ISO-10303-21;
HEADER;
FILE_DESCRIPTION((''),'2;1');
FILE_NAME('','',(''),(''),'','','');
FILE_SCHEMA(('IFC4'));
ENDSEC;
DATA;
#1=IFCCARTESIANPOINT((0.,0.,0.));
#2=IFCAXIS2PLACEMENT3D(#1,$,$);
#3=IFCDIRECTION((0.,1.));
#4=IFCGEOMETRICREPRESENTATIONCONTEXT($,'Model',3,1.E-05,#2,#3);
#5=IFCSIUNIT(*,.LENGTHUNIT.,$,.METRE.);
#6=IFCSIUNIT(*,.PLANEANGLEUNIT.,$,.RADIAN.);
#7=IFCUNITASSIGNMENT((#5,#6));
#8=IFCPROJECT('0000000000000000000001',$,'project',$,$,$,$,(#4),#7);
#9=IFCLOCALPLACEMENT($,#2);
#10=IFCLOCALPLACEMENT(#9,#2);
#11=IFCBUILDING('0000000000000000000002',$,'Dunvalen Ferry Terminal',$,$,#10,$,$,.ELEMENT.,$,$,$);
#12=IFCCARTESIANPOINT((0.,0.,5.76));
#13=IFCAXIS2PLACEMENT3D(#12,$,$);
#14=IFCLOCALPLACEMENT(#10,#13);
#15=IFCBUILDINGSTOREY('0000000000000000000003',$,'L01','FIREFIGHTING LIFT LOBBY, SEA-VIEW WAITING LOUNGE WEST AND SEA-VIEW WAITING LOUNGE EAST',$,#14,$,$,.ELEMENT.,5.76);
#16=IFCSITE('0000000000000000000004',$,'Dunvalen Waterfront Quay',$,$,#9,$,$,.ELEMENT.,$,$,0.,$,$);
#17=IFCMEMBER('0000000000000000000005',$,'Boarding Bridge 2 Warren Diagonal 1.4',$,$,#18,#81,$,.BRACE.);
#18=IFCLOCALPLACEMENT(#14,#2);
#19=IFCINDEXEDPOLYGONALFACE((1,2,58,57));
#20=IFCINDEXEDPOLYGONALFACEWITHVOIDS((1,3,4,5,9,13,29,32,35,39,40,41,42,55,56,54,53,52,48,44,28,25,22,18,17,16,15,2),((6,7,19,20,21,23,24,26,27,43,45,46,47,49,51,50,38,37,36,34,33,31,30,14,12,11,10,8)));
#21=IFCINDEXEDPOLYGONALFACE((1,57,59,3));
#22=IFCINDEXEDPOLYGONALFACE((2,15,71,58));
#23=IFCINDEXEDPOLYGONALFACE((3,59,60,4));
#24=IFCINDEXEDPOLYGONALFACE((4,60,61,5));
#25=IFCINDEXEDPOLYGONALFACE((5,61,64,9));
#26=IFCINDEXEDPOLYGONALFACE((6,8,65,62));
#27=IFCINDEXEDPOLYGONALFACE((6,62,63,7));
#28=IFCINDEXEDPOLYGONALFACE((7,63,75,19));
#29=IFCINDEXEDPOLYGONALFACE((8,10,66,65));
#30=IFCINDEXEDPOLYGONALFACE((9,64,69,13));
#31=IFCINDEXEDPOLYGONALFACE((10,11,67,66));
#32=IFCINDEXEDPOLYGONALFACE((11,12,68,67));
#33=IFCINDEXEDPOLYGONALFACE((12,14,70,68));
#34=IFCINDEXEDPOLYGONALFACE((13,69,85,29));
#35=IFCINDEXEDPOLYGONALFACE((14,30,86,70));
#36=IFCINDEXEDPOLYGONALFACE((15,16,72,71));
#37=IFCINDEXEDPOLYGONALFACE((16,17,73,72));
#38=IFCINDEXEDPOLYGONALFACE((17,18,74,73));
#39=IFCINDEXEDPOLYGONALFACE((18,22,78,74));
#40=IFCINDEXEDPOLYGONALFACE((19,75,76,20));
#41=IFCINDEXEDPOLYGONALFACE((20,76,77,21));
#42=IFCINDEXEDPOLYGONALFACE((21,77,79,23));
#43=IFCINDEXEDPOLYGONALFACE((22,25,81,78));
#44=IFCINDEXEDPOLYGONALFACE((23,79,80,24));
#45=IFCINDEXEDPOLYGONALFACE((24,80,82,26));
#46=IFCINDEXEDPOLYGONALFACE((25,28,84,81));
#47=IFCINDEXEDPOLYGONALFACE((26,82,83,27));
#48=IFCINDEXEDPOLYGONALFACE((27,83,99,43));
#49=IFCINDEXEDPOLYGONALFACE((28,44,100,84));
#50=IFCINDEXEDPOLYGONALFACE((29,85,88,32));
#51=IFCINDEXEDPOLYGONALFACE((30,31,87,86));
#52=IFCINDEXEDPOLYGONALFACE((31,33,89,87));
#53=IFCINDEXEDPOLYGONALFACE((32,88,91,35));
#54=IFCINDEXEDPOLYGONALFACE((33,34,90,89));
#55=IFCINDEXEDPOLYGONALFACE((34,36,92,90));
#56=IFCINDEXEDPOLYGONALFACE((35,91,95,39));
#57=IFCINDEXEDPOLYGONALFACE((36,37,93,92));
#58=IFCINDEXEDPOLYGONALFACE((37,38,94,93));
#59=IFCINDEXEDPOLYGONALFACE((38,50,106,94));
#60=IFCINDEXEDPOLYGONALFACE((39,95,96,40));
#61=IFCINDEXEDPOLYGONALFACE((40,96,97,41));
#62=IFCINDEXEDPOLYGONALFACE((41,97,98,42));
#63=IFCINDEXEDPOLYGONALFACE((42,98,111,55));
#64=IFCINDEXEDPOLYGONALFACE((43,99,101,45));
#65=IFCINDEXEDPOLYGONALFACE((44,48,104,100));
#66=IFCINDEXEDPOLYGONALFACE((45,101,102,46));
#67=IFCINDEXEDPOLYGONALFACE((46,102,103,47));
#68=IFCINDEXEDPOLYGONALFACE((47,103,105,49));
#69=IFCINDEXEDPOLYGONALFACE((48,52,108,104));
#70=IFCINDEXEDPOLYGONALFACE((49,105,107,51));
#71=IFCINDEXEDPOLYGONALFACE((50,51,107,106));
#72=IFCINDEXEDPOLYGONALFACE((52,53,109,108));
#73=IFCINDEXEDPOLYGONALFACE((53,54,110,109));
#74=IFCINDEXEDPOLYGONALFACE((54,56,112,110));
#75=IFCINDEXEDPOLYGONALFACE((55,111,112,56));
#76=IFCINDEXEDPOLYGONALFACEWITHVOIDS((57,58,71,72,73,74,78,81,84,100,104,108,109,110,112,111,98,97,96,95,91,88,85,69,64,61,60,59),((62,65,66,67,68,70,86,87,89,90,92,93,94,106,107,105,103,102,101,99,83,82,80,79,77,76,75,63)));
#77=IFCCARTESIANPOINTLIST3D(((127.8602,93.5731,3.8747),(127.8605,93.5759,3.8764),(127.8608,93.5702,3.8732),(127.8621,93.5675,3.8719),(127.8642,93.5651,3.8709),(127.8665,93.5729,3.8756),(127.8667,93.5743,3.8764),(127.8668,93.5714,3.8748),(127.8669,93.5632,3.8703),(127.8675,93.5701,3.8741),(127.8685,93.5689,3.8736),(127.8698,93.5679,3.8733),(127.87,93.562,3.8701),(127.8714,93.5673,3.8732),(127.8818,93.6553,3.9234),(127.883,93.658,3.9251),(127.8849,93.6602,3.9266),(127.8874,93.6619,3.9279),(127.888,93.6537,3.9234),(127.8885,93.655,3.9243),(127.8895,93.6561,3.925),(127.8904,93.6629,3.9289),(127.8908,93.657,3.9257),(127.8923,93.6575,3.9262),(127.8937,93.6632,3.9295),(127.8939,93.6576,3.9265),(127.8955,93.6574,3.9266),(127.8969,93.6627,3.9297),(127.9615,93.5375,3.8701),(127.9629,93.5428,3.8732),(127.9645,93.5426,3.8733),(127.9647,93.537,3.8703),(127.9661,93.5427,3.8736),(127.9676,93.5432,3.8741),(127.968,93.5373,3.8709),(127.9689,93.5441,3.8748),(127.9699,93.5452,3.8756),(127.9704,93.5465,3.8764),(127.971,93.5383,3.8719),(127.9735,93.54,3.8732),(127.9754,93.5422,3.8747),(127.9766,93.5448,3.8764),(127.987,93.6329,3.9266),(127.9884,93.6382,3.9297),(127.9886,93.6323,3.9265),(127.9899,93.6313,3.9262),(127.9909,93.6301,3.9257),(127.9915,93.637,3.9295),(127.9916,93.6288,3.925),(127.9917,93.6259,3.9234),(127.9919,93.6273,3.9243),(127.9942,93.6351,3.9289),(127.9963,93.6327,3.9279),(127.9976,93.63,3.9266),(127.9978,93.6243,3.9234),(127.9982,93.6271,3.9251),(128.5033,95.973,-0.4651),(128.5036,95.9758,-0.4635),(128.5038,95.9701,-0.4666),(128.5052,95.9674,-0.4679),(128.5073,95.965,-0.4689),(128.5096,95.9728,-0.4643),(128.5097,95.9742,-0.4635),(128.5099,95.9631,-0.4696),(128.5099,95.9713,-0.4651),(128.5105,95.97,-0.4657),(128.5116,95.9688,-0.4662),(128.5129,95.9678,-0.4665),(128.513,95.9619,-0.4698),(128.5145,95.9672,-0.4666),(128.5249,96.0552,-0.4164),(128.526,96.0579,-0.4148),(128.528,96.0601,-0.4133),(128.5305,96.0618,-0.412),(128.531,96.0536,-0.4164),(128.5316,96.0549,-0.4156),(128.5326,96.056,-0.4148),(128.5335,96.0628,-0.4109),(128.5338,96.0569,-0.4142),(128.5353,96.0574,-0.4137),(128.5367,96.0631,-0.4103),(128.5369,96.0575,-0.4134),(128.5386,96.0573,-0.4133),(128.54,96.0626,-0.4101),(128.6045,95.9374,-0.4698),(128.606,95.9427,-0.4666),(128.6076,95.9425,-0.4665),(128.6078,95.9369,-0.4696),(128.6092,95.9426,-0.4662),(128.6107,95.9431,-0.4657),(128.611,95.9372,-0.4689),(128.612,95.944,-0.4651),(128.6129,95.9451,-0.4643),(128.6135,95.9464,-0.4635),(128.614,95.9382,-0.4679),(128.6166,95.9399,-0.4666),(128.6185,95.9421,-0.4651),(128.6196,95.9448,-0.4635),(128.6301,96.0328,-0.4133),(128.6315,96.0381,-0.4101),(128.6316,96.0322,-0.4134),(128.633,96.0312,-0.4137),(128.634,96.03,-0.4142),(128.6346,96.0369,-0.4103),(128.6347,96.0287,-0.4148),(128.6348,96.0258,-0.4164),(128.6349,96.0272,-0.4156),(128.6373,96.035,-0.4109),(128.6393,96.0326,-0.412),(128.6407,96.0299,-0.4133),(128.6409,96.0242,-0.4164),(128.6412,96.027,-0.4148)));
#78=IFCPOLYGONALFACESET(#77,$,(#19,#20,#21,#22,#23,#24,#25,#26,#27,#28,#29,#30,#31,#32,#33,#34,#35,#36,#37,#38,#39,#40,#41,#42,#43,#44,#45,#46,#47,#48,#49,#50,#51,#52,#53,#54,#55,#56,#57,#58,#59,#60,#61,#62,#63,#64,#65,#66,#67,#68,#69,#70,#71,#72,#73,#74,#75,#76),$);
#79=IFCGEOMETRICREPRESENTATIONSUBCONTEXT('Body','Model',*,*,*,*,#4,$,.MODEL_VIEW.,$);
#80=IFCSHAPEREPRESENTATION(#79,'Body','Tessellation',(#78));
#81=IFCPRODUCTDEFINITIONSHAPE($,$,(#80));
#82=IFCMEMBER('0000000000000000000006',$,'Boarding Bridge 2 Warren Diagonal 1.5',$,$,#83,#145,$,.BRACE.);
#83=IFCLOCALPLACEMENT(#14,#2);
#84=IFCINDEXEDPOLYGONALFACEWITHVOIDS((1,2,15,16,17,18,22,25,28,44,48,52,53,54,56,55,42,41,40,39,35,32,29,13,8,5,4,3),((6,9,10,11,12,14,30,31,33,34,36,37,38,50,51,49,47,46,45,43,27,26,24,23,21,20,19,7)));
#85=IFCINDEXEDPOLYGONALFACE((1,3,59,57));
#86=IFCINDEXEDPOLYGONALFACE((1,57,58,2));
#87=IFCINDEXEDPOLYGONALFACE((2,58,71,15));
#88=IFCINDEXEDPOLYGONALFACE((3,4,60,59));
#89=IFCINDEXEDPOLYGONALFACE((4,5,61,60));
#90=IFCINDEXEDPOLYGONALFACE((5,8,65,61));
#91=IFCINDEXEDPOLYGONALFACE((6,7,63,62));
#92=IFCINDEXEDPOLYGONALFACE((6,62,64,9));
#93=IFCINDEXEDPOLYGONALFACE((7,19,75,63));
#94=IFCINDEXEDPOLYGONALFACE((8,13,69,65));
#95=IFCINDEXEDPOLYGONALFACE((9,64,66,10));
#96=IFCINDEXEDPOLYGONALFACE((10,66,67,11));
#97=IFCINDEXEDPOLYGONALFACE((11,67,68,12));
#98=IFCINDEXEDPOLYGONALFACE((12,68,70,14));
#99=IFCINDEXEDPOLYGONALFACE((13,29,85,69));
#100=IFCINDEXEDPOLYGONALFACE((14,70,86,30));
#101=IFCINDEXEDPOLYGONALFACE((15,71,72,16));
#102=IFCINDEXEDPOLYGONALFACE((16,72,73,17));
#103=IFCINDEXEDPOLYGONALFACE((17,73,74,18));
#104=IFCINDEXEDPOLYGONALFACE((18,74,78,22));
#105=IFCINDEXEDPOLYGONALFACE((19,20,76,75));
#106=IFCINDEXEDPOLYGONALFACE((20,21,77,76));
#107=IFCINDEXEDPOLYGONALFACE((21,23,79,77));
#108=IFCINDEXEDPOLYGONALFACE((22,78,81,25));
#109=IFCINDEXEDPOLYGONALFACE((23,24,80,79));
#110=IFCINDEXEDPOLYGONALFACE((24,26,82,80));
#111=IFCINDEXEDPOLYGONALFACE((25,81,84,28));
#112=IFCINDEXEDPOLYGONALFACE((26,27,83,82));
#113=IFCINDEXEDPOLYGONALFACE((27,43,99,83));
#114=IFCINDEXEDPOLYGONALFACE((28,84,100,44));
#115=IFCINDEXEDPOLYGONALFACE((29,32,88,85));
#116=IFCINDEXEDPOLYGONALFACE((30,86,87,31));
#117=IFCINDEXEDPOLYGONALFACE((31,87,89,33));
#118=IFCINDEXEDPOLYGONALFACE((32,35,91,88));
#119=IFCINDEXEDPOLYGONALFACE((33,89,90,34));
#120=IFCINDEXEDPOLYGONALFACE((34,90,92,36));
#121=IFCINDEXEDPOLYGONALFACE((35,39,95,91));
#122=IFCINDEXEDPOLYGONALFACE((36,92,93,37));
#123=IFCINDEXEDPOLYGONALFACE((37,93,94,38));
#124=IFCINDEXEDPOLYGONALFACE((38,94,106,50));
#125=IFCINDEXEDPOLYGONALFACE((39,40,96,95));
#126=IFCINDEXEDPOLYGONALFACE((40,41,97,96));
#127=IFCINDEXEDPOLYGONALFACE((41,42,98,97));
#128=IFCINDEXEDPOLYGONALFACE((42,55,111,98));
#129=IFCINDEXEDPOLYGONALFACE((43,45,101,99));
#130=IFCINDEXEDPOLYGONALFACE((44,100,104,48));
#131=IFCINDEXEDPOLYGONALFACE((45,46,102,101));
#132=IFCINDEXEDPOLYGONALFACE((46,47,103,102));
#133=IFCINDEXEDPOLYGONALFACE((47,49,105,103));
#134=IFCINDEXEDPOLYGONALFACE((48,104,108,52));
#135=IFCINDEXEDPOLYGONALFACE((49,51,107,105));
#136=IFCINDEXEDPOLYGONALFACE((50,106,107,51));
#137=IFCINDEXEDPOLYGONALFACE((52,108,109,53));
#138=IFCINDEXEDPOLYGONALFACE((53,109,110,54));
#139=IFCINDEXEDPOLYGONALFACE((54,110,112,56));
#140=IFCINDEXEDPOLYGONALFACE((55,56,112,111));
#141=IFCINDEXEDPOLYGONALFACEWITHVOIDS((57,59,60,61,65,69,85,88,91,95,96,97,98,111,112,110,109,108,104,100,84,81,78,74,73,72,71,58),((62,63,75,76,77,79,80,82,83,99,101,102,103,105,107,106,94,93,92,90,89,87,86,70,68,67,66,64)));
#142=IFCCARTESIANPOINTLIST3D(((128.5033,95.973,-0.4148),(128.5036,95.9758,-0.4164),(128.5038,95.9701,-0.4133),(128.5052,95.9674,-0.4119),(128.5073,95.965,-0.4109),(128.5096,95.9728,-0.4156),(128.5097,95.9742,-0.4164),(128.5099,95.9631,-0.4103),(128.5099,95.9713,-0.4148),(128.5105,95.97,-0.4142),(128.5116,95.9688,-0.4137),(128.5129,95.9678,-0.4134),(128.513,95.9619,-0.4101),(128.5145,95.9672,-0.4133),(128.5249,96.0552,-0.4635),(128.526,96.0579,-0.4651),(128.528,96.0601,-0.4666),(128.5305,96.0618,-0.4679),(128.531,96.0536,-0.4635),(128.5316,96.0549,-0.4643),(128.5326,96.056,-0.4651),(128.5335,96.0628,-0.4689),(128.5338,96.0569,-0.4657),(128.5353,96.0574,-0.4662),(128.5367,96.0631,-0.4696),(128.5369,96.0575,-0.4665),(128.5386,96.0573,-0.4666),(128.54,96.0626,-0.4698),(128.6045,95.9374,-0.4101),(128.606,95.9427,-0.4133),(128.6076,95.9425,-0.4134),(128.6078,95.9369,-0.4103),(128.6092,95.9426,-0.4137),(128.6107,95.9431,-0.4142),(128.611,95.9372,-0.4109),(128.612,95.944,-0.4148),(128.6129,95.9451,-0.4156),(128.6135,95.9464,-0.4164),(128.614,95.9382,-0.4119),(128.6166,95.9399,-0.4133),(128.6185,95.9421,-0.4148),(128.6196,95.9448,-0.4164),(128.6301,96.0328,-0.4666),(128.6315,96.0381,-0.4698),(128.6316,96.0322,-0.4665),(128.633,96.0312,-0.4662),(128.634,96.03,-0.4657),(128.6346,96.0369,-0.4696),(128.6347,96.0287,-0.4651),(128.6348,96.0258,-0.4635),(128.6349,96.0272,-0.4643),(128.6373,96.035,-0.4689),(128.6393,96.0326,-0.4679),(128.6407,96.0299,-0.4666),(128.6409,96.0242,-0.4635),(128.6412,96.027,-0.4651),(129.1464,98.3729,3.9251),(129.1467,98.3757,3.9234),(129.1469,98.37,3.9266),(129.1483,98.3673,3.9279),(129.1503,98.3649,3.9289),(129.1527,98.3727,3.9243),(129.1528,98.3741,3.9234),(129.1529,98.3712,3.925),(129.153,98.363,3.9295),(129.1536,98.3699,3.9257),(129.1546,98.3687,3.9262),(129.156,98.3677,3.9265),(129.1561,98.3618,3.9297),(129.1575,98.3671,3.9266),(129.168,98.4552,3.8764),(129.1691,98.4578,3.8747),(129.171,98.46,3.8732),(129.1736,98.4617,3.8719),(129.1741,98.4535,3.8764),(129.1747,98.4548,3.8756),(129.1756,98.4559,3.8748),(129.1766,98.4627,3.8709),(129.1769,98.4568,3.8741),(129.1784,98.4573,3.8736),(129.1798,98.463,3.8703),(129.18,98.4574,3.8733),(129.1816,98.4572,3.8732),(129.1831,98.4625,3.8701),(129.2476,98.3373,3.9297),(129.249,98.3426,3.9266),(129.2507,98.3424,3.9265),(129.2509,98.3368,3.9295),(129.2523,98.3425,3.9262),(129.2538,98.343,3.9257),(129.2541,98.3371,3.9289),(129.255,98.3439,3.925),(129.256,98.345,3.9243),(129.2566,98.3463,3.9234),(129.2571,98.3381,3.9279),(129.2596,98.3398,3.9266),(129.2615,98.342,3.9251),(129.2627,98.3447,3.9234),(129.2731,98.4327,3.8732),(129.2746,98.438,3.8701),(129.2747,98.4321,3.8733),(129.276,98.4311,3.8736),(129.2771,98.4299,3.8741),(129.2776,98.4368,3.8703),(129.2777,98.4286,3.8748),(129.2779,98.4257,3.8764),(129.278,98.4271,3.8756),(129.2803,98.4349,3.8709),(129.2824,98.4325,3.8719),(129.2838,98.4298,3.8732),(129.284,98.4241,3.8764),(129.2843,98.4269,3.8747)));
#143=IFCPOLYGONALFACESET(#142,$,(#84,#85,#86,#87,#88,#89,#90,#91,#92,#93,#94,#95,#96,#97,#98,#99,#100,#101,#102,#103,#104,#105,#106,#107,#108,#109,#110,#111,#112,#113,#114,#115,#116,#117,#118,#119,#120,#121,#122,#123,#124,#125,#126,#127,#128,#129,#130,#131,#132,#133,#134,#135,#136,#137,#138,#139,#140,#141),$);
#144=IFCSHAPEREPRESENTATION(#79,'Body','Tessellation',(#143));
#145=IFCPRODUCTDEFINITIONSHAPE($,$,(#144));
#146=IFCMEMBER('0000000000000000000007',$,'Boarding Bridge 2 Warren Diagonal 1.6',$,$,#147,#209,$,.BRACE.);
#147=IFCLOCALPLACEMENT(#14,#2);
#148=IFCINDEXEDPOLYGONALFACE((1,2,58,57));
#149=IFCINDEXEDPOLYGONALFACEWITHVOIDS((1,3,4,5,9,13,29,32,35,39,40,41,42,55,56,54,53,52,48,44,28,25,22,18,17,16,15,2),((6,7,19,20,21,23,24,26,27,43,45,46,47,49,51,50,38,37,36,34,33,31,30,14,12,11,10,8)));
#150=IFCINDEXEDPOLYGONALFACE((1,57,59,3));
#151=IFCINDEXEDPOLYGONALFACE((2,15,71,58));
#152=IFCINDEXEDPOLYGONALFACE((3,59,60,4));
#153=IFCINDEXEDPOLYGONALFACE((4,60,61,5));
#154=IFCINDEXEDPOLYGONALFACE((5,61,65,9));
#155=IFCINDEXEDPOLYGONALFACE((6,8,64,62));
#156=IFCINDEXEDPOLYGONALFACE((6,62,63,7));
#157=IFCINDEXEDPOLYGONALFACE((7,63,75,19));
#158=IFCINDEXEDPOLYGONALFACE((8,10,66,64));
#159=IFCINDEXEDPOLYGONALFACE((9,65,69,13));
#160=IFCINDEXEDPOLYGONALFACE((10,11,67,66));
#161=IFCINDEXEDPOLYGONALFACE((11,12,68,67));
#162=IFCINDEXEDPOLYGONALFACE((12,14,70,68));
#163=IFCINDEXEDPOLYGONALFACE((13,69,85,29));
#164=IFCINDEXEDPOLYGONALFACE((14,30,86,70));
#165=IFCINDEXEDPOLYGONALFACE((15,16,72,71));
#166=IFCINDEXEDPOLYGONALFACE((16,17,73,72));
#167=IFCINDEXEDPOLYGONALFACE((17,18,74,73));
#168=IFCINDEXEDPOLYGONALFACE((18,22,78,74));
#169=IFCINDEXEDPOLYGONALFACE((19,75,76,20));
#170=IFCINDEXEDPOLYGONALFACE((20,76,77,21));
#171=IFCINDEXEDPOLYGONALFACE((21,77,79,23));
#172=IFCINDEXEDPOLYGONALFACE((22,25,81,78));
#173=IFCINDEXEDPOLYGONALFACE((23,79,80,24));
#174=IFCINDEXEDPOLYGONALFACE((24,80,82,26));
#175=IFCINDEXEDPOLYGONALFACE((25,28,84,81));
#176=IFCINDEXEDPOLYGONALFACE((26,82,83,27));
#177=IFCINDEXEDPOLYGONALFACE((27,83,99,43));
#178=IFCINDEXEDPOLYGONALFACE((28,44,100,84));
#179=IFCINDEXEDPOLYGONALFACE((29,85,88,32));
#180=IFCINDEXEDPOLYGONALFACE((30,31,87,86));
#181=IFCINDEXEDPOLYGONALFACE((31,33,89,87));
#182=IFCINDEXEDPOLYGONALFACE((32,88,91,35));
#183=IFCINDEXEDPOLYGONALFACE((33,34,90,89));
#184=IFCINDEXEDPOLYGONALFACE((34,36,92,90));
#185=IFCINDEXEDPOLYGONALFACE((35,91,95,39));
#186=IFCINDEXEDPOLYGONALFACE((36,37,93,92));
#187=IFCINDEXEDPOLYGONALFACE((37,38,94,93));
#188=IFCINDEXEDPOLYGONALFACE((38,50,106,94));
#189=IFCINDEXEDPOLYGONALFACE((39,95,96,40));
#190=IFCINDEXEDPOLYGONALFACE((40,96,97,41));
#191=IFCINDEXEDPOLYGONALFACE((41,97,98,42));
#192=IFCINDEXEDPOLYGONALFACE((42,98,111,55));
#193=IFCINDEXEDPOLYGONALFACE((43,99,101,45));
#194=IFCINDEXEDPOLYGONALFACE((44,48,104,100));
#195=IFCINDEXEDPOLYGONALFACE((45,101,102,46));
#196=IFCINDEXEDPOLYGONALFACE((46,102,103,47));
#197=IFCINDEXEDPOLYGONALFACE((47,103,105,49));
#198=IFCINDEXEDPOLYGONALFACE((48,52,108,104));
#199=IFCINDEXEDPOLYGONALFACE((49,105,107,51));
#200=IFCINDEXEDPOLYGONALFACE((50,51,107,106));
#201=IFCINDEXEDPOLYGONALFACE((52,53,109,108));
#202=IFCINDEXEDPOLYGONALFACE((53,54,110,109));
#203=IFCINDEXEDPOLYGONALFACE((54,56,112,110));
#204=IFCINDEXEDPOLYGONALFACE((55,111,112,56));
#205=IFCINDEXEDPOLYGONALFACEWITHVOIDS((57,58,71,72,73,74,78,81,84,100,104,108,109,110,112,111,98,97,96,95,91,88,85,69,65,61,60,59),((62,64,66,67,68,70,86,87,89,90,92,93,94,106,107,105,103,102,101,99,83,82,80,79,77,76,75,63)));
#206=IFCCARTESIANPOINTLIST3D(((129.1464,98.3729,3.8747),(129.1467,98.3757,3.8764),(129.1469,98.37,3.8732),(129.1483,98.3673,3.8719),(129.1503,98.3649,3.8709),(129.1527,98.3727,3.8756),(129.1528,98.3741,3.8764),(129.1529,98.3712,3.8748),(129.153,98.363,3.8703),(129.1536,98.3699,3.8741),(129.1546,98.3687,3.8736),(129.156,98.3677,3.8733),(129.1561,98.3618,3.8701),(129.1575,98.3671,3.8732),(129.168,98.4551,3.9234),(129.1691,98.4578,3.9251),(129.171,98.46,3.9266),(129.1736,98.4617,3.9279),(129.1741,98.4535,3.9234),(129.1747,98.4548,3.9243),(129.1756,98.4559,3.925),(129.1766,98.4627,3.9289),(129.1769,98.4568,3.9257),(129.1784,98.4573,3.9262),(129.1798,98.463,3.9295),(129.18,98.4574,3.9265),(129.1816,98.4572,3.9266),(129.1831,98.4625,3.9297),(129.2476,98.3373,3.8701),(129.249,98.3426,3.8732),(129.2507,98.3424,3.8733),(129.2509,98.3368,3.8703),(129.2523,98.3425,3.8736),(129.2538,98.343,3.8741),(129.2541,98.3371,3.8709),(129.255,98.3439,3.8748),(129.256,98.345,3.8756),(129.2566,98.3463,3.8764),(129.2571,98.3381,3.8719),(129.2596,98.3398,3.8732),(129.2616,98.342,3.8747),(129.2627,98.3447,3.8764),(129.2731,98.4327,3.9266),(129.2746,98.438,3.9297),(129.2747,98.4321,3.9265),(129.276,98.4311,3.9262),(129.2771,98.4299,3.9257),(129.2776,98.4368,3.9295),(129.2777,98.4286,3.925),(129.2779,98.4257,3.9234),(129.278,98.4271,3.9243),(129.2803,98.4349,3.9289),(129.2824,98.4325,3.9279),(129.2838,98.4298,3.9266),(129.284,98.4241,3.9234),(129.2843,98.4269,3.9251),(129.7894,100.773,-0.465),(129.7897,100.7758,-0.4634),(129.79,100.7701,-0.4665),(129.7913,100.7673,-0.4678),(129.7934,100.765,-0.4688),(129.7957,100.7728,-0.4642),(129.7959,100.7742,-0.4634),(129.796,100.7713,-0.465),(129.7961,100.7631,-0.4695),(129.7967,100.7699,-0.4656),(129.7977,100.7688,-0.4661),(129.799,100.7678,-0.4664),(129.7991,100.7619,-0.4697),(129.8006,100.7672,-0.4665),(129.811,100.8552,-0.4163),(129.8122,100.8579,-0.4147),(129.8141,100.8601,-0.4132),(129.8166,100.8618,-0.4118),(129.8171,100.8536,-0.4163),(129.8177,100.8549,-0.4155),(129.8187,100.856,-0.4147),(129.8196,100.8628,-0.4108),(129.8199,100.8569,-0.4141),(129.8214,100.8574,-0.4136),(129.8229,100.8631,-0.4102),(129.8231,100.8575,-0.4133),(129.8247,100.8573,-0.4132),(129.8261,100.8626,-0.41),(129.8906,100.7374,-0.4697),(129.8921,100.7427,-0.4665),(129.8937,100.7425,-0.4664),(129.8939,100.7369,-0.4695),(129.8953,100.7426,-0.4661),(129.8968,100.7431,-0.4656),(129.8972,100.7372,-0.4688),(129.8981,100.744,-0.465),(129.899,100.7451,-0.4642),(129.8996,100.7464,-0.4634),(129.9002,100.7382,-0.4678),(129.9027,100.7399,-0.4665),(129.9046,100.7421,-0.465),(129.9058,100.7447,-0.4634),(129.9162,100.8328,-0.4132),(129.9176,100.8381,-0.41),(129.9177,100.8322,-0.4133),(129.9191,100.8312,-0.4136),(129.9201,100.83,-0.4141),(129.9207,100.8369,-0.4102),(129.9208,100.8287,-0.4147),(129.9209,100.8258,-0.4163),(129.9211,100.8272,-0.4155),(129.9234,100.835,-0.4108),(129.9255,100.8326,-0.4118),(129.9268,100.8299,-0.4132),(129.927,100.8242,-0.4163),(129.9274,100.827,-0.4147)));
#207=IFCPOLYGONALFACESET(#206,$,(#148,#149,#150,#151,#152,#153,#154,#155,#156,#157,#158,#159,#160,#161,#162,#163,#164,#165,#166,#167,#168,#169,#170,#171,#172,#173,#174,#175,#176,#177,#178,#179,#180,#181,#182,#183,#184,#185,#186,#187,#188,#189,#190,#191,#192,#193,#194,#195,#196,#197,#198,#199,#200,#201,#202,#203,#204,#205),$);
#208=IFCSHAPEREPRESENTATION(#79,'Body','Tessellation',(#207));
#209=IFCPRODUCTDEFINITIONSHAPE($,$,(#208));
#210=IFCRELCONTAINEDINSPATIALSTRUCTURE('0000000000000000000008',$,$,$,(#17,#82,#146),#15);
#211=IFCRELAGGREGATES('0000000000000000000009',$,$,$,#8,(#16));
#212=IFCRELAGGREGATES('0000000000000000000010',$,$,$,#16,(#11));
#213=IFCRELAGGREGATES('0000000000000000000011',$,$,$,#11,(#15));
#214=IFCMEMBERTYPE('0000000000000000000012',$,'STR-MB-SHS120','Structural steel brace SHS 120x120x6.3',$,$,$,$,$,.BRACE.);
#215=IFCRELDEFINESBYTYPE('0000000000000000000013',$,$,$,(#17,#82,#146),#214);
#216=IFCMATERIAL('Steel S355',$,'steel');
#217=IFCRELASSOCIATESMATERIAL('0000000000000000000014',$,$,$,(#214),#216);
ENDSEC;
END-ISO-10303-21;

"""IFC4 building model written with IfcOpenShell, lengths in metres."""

from ifc_helpers import new_model, si_unit, direction, frame, origin, origin_2d, place, context, subcontext, project, spatial, hollow_rectangle, extrude, material, material_profile, profile_set, type_object, element, save


model = new_model("IFC4")

# Units and contexts
model_context = context("Model", 3, precision=1e-05, world=origin(), true_north=direction((0.0, 1.0)))
body_context = subcontext(model_context, "Body", "Model", "MODEL_VIEW")
ifc_project = project(units=[si_unit("LENGTHUNIT", "METRE"), si_unit("PLANEANGLEUNIT", "RADIAN")], contexts=[model_context])

# Site, building, storey
site_placement = place(None, origin())
site = spatial("IfcSite", under=ifc_project, at=site_placement, Name="Dunvalen Waterfront Quay", CompositionType="ELEMENT", RefElevation=0.0)
building_placement = place(site_placement, origin())
building = spatial("IfcBuilding", under=site, at=building_placement, Name="Dunvalen Ferry Terminal", CompositionType="ELEMENT")
storey_placement = place(building_placement, frame((0.0, 0.0, 5.76)))
storey = spatial("IfcBuildingStorey", under=building, at=storey_placement, Name="L01", Description="FIREFIGHTING LIFT LOBBY, SEA-VIEW WAITING LOUNGE WEST AND SEA-VIEW WAITING LOUNGE EAST", CompositionType="ELEMENT", Elevation=5.76)

# Shared definitions
ifc_material_1 = material(Name="Steel S355", Category="steel")

# Members
ifc_material_profile_1 = material_profile(ifc_material_1, hollow_rectangle(XDim=0.1201, YDim=0.1201, WallThickness=0.0063, InnerFilletRadius=0.0063, OuterFilletRadius=0.0127, at=origin_2d()), Name="Steel S355")
ifc_profile_set_1 = profile_set([ifc_material_profile_1], Name="Steel S355")
member_type_1 = type_object("IfcMemberType", Name="STR-MB-SHS120", Description="Structural steel brace SHS 120x120x6.3", PredefinedType="BRACE", material=ifc_profile_set_1)
for number, where, z_axis, x_axis, name in (
    (1, (127.9292, 93.6001, 3.8999), (0.128594, 0.47991, -0.867842), (-0.965924, 0.258824, 0.0), "Boarding Bridge 2 Warren Diagonal 1.4"),
    (2, (128.5723, 96.0, -0.4399), (0.128594, 0.47991, 0.867842), (-0.965924, 0.258824, 0.0), "Boarding Bridge 2 Warren Diagonal 1.5"),
    (3, (129.2153, 98.3999, 3.8999), (0.128591, 0.479948, -0.867822), (-0.965931, 0.2588, 0.0), "Boarding Bridge 2 Warren Diagonal 1.6"),
):
    element("IfcMember", number, at=place(storey_placement, frame(where, z_axis=z_axis, x_axis=x_axis)), inside=storey, type_object=member_type_1, Name=name, PredefinedType="BRACE", context=body_context, shape_type="SweptSolid", body=[
        extrude(hollow_rectangle(XDim=0.1201, YDim=0.1201, WallThickness=0.0063, InnerFilletRadius=0.0063, OuterFilletRadius=0.0127, at=origin_2d()), origin(), (0.0, 0.0, 1.0), 5.0007),
    ])

save(model, "model.ifc")
